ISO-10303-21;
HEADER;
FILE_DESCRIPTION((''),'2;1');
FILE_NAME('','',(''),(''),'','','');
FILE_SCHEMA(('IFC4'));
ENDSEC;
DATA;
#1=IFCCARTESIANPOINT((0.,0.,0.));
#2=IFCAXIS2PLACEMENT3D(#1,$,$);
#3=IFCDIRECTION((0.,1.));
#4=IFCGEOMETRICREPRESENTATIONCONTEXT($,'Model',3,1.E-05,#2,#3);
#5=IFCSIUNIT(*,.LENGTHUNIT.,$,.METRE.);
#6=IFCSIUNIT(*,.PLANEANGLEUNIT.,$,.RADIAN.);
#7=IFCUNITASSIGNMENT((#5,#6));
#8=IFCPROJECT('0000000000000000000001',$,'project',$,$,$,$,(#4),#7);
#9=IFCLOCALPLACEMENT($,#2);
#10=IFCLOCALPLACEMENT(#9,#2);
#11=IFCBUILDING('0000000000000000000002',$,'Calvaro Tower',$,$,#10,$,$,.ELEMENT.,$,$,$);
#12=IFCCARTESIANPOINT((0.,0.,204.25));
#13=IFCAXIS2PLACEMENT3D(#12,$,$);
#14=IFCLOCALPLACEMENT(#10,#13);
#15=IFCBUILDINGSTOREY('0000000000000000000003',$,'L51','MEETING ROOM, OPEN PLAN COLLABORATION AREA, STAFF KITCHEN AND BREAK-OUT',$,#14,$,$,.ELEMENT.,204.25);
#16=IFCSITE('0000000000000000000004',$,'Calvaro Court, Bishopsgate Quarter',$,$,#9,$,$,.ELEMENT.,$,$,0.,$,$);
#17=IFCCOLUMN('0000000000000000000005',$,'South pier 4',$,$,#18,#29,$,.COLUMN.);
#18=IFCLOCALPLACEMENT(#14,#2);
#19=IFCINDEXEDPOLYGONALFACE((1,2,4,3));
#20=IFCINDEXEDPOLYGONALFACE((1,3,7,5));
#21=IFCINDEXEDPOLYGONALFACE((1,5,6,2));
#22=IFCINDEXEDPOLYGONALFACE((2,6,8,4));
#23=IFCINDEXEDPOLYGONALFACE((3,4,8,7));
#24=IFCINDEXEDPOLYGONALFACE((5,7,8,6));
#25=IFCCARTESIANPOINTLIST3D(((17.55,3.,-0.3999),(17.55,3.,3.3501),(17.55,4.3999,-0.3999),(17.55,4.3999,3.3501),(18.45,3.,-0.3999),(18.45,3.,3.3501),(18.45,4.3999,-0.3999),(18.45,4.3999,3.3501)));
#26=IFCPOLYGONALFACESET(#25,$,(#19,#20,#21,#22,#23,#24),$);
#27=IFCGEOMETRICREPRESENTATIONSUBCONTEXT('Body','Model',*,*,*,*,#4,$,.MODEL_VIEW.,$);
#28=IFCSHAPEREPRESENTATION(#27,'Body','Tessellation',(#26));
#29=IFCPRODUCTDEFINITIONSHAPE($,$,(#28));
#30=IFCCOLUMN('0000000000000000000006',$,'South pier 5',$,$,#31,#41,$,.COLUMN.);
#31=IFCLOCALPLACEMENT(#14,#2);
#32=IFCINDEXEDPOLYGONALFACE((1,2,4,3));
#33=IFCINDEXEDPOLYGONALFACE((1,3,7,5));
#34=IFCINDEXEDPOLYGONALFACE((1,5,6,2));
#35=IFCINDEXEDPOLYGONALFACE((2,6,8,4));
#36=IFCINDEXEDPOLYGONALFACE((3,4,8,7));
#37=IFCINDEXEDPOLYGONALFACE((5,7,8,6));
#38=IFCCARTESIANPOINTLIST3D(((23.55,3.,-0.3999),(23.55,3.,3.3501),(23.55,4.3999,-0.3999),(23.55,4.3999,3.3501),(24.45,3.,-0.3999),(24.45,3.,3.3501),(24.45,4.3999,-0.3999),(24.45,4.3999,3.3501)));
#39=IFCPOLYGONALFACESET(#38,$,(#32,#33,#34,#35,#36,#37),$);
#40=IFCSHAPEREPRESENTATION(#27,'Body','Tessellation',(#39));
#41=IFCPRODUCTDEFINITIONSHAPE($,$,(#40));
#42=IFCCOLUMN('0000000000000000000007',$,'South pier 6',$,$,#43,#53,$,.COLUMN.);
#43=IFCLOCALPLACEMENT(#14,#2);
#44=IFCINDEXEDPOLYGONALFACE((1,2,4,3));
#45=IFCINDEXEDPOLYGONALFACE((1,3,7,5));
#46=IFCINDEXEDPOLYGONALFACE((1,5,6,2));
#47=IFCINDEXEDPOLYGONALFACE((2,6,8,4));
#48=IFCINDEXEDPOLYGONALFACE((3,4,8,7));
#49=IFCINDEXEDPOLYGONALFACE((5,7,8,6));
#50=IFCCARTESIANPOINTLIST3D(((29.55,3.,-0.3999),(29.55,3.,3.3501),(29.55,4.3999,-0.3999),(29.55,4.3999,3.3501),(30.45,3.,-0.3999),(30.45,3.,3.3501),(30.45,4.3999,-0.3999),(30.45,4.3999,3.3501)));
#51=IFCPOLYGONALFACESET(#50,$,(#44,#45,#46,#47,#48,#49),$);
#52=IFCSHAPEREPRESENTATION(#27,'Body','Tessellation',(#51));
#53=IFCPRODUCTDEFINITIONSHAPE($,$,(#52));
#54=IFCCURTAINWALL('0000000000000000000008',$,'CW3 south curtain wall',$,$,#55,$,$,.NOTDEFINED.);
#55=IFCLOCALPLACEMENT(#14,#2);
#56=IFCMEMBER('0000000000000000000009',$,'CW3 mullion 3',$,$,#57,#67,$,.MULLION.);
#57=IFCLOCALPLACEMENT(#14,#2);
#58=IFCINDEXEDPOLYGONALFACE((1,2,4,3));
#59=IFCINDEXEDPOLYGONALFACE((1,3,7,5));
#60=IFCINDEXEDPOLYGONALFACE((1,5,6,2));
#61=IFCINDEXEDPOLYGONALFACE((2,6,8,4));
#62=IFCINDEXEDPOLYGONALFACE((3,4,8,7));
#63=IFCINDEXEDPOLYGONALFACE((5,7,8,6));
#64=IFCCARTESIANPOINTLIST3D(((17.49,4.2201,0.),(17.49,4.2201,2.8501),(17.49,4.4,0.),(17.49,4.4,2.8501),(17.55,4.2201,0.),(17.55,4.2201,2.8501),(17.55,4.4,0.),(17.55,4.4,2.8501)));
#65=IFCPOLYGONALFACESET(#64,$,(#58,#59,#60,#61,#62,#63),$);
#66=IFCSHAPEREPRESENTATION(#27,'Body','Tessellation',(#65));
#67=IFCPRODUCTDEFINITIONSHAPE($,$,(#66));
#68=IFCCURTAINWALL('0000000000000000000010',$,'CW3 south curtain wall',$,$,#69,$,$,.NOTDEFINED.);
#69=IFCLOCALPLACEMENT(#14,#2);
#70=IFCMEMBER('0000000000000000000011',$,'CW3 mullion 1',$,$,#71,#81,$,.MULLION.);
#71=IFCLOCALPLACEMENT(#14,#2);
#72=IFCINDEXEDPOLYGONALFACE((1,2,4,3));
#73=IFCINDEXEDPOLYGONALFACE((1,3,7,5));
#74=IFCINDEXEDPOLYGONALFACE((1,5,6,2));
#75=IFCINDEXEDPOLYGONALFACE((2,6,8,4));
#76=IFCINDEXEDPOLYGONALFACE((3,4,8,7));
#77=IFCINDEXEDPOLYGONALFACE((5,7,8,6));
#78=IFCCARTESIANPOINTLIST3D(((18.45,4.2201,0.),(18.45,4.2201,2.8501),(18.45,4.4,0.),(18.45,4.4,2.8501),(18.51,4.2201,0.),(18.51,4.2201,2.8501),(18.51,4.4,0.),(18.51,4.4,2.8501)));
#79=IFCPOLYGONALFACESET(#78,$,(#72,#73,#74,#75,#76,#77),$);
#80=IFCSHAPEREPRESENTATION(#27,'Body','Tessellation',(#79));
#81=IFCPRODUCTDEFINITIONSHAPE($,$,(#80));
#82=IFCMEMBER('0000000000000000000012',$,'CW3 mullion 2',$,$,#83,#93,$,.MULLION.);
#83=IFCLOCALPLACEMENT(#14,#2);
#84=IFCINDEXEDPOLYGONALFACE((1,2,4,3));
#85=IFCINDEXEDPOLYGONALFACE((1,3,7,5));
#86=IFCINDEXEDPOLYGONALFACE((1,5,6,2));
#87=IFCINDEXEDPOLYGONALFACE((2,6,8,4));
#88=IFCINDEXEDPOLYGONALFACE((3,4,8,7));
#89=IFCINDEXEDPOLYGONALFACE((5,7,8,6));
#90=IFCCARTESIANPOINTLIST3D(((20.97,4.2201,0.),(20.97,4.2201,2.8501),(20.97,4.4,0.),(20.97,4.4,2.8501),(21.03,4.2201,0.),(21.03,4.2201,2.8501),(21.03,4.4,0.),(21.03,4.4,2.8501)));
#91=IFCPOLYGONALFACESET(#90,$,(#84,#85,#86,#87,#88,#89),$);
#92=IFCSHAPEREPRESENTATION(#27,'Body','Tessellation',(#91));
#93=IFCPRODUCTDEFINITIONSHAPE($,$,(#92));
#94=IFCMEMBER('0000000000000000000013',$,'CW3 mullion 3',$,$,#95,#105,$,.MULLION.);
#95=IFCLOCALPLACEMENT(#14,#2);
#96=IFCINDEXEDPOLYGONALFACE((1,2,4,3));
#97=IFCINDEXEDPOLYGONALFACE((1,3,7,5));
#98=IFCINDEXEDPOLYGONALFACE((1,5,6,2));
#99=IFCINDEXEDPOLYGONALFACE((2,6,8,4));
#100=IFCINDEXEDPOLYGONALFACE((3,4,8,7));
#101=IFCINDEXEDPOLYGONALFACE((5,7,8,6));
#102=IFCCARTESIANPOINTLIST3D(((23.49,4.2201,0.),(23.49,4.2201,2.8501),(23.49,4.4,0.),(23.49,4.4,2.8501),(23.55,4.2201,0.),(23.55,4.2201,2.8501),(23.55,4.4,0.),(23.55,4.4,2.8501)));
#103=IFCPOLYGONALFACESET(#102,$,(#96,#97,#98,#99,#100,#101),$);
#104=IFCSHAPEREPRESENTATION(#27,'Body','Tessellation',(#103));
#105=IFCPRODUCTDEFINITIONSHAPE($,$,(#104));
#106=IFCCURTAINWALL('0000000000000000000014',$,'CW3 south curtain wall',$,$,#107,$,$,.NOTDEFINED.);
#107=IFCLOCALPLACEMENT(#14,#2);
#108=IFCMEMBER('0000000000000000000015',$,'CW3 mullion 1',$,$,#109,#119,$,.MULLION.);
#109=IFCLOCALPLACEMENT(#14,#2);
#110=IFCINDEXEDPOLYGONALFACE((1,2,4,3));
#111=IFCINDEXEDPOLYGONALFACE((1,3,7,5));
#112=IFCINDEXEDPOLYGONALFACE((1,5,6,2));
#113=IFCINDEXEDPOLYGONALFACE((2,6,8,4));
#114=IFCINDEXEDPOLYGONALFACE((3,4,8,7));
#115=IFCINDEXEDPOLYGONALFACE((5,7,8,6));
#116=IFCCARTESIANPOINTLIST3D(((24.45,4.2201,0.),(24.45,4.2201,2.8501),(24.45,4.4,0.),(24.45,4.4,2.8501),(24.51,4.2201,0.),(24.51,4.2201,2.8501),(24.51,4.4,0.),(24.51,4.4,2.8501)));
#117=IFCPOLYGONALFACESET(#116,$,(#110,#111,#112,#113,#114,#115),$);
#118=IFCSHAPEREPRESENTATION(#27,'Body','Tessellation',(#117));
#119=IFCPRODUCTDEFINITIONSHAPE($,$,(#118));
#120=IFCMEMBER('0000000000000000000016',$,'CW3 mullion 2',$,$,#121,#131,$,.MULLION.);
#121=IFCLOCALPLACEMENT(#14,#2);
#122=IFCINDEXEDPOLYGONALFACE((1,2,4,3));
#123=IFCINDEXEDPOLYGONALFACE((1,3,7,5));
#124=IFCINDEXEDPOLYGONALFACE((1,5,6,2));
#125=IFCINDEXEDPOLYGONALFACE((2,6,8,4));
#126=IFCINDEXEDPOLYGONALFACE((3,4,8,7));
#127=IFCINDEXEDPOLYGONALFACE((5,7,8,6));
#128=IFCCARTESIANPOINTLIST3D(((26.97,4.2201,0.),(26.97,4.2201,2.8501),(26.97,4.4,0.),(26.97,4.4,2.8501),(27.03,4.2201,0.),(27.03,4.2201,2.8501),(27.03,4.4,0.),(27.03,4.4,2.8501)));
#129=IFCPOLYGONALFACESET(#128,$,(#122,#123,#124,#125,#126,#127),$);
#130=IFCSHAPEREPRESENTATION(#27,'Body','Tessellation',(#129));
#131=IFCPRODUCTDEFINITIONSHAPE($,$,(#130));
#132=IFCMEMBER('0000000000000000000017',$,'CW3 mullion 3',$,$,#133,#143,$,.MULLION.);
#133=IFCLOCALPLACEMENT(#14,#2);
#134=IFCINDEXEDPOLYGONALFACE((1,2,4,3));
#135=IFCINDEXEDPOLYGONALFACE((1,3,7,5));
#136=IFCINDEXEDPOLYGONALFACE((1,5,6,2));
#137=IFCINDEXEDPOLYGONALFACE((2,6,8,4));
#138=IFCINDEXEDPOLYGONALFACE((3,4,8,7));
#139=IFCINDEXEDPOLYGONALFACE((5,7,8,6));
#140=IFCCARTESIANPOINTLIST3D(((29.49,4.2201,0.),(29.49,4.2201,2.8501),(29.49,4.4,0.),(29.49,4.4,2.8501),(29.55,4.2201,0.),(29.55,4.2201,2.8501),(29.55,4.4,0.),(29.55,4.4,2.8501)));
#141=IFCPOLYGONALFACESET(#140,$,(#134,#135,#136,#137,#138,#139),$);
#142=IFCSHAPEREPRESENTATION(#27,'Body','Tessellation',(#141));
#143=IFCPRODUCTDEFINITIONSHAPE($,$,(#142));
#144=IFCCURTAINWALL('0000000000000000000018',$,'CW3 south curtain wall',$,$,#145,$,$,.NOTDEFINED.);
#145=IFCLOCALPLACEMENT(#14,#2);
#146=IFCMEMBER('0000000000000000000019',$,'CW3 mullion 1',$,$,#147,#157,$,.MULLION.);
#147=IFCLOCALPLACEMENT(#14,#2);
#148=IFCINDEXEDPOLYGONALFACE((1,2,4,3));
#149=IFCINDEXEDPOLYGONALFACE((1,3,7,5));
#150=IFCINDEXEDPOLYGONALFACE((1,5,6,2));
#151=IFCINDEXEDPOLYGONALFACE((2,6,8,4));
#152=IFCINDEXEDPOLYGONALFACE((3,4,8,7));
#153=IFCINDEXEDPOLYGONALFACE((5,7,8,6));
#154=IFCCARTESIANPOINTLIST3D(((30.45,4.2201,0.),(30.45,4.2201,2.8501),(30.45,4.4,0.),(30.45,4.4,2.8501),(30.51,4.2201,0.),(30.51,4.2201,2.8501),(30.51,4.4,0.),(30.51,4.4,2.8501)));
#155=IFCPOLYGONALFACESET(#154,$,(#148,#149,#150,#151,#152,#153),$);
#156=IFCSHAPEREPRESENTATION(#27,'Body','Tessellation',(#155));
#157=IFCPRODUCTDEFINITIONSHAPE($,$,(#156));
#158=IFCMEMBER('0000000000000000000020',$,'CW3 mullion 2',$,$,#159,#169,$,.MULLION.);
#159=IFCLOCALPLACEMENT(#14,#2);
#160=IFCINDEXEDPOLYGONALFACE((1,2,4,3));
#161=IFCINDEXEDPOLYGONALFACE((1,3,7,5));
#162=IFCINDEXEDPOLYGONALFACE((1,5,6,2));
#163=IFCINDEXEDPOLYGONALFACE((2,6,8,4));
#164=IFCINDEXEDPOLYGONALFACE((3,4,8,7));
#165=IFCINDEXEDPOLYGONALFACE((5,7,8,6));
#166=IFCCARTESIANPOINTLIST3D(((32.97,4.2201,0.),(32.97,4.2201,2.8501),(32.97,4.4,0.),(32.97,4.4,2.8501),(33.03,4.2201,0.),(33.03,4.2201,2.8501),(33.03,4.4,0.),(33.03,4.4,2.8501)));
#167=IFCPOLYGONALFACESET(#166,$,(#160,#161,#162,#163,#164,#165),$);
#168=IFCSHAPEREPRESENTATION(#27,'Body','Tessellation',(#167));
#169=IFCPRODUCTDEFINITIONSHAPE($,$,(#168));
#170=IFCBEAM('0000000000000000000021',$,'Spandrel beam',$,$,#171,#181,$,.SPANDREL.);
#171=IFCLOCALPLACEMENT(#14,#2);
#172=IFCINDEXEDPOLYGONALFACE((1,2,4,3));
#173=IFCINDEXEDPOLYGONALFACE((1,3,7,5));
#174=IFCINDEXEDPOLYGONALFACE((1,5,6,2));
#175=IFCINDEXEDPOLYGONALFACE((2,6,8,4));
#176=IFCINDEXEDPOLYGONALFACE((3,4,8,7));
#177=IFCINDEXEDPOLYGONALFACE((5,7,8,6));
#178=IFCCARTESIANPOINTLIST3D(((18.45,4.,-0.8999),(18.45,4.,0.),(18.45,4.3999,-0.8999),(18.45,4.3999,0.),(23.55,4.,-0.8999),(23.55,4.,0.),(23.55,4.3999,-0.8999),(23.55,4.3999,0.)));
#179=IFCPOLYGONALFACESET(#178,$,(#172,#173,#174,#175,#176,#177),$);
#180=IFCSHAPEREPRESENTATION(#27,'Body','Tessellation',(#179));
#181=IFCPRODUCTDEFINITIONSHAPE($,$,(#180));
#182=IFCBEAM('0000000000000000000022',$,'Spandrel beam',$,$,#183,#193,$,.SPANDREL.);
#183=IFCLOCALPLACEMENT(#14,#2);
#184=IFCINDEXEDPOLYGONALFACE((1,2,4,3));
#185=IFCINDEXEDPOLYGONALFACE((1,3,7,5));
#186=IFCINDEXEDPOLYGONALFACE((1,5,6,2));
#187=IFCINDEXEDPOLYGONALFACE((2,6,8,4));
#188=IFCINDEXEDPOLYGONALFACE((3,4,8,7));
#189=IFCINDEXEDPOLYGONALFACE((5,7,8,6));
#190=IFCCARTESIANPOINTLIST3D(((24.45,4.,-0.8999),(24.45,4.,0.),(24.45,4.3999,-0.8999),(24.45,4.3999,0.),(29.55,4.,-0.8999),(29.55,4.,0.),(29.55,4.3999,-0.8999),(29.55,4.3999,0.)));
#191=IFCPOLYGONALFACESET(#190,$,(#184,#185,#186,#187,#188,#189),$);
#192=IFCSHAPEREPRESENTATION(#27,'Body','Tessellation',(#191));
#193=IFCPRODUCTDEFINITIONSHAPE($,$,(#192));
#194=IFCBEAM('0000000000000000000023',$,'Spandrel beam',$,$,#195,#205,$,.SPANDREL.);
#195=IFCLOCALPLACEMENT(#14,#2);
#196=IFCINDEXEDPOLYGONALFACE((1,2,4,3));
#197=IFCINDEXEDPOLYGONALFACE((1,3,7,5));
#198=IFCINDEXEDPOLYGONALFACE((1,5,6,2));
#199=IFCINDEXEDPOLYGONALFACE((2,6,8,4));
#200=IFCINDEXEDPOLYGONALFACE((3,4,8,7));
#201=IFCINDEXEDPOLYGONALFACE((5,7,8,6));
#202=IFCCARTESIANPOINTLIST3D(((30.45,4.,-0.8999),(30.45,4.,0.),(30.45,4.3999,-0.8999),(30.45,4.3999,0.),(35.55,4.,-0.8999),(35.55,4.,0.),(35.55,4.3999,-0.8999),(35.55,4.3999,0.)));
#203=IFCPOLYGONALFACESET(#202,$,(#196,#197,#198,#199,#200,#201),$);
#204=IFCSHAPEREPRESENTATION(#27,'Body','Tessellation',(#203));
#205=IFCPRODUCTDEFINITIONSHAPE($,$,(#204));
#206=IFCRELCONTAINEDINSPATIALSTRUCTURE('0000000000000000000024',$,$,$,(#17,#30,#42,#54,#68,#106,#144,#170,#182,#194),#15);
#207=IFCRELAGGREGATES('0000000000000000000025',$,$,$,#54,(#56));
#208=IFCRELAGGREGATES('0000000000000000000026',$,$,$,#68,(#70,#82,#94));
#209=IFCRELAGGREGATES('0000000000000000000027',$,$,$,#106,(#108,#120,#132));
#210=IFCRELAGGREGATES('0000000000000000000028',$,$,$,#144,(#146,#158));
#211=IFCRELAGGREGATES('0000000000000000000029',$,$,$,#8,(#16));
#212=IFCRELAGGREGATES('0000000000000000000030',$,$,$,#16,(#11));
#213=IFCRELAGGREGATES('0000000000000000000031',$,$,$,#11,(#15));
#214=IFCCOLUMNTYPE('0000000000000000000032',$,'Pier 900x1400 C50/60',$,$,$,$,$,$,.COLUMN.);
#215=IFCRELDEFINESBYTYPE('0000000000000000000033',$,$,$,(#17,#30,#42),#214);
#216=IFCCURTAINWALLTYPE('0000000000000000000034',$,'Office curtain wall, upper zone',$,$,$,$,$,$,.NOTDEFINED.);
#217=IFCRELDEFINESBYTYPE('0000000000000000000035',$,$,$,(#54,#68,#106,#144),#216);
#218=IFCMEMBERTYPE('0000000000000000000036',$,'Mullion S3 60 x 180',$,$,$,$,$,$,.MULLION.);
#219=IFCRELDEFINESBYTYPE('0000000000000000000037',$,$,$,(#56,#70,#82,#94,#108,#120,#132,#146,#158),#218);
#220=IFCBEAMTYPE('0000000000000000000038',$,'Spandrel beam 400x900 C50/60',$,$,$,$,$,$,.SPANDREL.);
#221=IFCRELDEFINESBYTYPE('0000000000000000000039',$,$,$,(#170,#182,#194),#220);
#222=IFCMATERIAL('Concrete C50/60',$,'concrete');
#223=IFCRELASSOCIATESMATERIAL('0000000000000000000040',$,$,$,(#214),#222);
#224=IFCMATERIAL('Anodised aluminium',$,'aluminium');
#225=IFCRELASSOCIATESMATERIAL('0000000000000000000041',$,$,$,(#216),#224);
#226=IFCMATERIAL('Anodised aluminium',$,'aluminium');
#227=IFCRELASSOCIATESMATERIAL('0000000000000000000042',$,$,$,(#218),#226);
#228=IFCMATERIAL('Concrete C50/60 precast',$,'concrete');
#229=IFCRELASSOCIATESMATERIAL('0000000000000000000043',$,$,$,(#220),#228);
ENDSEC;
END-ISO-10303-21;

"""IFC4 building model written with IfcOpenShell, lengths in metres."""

from ifc_helpers import new_model, si_unit, direction, frame, origin, origin_2d, place, context, subcontext, project, spatial, rectangle, extrude, material, material_profile, profile_set, type_object, element, aggregate, save


model = new_model("IFC4")

# Units and contexts
model_context = context("Model", 3, precision=1e-05, world=origin(), true_north=direction((0.0, 1.0)))
body_context = subcontext(model_context, "Body", "Model", "MODEL_VIEW")
ifc_project = project(units=[si_unit("LENGTHUNIT", "METRE"), si_unit("PLANEANGLEUNIT", "RADIAN")], contexts=[model_context])

# Site, building, storey
site_placement = place(None, origin())
site = spatial("IfcSite", under=ifc_project, at=site_placement, Name="Calvaro Court, Bishopsgate Quarter", CompositionType="ELEMENT", RefElevation=0.0)
building_placement = place(site_placement, origin())
building = spatial("IfcBuilding", under=site, at=building_placement, Name="Calvaro Tower", CompositionType="ELEMENT")
storey_placement = place(building_placement, frame((0.0, 0.0, 204.25)))
storey = spatial("IfcBuildingStorey", under=building, at=storey_placement, Name="L51", Description="MEETING ROOM, OPEN PLAN COLLABORATION AREA, STAFF KITCHEN AND BREAK-OUT", CompositionType="ELEMENT", Elevation=204.25)

# Columns
ifc_material_1 = material(Name="Concrete C50/60", Category="concrete")
ifc_material_profile_1 = material_profile(ifc_material_1, rectangle(XDim=0.8999, YDim=1.3999, at=origin_2d()), Name="RC 900x1400")
ifc_profile_set_1 = profile_set([ifc_material_profile_1], Name="Concrete C50/60")
column_type = type_object("IfcColumnType", Name="Pier 900x1400 C50/60", PredefinedType="COLUMN", material=ifc_profile_set_1)
for number, where, z_axis, x_axis, name in (
    (1, (18.0, 3.7, -0.3999), (0.0, 0.0, 1.0), (1.0, 0.0, 0.0), "South pier 4"),
    (2, (24.0, 3.7, -0.3999), (0.0, 0.0, 1.0), (1.0, 0.0, 0.0), "South pier 5"),
    (3, (30.0, 3.7, -0.3999), (0.0, 0.0, 1.0), (1.0, 0.0, 0.0), "South pier 6"),
):
    element("IfcColumn", number, at=place(storey_placement, frame(where, z_axis=z_axis, x_axis=x_axis)), inside=storey, type_object=column_type, Name=name, PredefinedType="COLUMN", context=body_context, shape_type="SweptSolid", body=[
        extrude(rectangle(XDim=0.8999, YDim=1.3999, at=origin_2d()), origin(), (0.0, 0.0, 1.0), 3.75),
    ])

# Curtain wall, member
ifc_material_2 = material(Name="Anodised aluminium", Category="aluminium")
curtain_wall_type = type_object("IfcCurtainWallType", Name="Office curtain wall, upper zone", PredefinedType="NOTDEFINED", material=ifc_material_2)
curtain_wall_1_placement = place(storey_placement, origin())
curtain_wall_1 = element("IfcCurtainWall", 4, at=curtain_wall_1_placement, inside=storey, type_object=curtain_wall_type, Name="CW3 south curtain wall", PredefinedType="NOTDEFINED")
ifc_material_3 = material(Name="Anodised aluminium", Category="aluminium")
ifc_material_profile_2 = material_profile(ifc_material_3, rectangle(XDim=0.1799, YDim=0.0601, at=origin_2d()), Name="Mullion S3 60 x 180")
ifc_profile_set_2 = profile_set([ifc_material_profile_2], Name="Anodised aluminium")
member_type_1 = type_object("IfcMemberType", Name="Mullion S3 60 x 180", PredefinedType="MULLION", material=ifc_profile_set_2)
member_1_placement = place(storey_placement, frame((17.52, 4.3101, 0.0), z_axis=(0.0, 0.0, 1.0), x_axis=(0.0, 1.0, 0.0)))
member_1 = element("IfcMember", 5, at=member_1_placement, type_object=member_type_1, Name="CW3 mullion 3", PredefinedType="MULLION", context=body_context, shape_type="SweptSolid", body=[
    extrude(rectangle(XDim=0.1799, YDim=0.0601, at=origin_2d()), origin(), (0.0, 0.0, 1.0), 2.8501),
])
aggregate(curtain_wall_1, [member_1])

# Curtain walls, members
curtain_wall_2_placement = place(storey_placement, origin())
curtain_wall_2 = element("IfcCurtainWall", 6, at=curtain_wall_2_placement, inside=storey, type_object=curtain_wall_type, Name="CW3 south curtain wall", PredefinedType="NOTDEFINED")
member_2_placement = place(storey_placement, frame((18.48, 4.3101, 0.0), z_axis=(0.0, 0.0, 1.0), x_axis=(0.0, 1.0, 0.0)))
member_2 = element("IfcMember", 7, at=member_2_placement, type_object=member_type_1, Name="CW3 mullion 1", PredefinedType="MULLION", context=body_context, shape_type="SweptSolid", body=[
    extrude(rectangle(XDim=0.1799, YDim=0.0601, at=origin_2d()), origin(), (0.0, 0.0, 1.0), 2.8501),
])
member_3_placement = place(storey_placement, frame((21.0, 4.3101, 0.0), z_axis=(0.0, 0.0, 1.0), x_axis=(0.0, 1.0, 0.0)))
member_3 = element("IfcMember", 8, at=member_3_placement, type_object=member_type_1, Name="CW3 mullion 2", PredefinedType="MULLION", context=body_context, shape_type="SweptSolid", body=[
    extrude(rectangle(XDim=0.1799, YDim=0.0601, at=origin_2d()), origin(), (0.0, 0.0, 1.0), 2.8501),
])
member_4_placement = place(storey_placement, frame((23.52, 4.3101, 0.0), z_axis=(0.0, 0.0, 1.0), x_axis=(0.0, 1.0, 0.0)))
member_4 = element("IfcMember", 9, at=member_4_placement, type_object=member_type_1, Name="CW3 mullion 3", PredefinedType="MULLION", context=body_context, shape_type="SweptSolid", body=[
    extrude(rectangle(XDim=0.1799, YDim=0.0601, at=origin_2d()), origin(), (0.0, 0.0, 1.0), 2.8501),
])
curtain_wall_3_placement = place(storey_placement, origin())
curtain_wall_3 = element("IfcCurtainWall", 10, at=curtain_wall_3_placement, inside=storey, type_object=curtain_wall_type, Name="CW3 south curtain wall", PredefinedType="NOTDEFINED")
member_5_placement = place(storey_placement, frame((24.48, 4.3101, 0.0), z_axis=(0.0, 0.0, 1.0), x_axis=(0.0, 1.0, 0.0)))
member_5 = element("IfcMember", 11, at=member_5_placement, type_object=member_type_1, Name="CW3 mullion 1", PredefinedType="MULLION", context=body_context, shape_type="SweptSolid", body=[
    extrude(rectangle(XDim=0.1799, YDim=0.0601, at=origin_2d()), origin(), (0.0, 0.0, 1.0), 2.8501),
])
member_6_placement = place(storey_placement, frame((27.0, 4.3101, 0.0), z_axis=(0.0, 0.0, 1.0), x_axis=(0.0, 1.0, 0.0)))
member_6 = element("IfcMember", 12, at=member_6_placement, type_object=member_type_1, Name="CW3 mullion 2", PredefinedType="MULLION", context=body_context, shape_type="SweptSolid", body=[
    extrude(rectangle(XDim=0.1799, YDim=0.0601, at=origin_2d()), origin(), (0.0, 0.0, 1.0), 2.8501),
])
member_7_placement = place(storey_placement, frame((29.52, 4.3101, 0.0), z_axis=(0.0, 0.0, 1.0), x_axis=(0.0, 1.0, 0.0)))
member_7 = element("IfcMember", 13, at=member_7_placement, type_object=member_type_1, Name="CW3 mullion 3", PredefinedType="MULLION", context=body_context, shape_type="SweptSolid", body=[
    extrude(rectangle(XDim=0.1799, YDim=0.0601, at=origin_2d()), origin(), (0.0, 0.0, 1.0), 2.8501),
])
curtain_wall_4_placement = place(storey_placement, origin())
curtain_wall_4 = element("IfcCurtainWall", 14, at=curtain_wall_4_placement, inside=storey, type_object=curtain_wall_type, Name="CW3 south curtain wall", PredefinedType="NOTDEFINED")
member_8_placement = place(storey_placement, frame((30.48, 4.3101, 0.0), z_axis=(0.0, 0.0, 1.0), x_axis=(0.0, 1.0, 0.0)))
member_8 = element("IfcMember", 15, at=member_8_placement, type_object=member_type_1, Name="CW3 mullion 1", PredefinedType="MULLION", context=body_context, shape_type="SweptSolid", body=[
    extrude(rectangle(XDim=0.1799, YDim=0.0601, at=origin_2d()), origin(), (0.0, 0.0, 1.0), 2.8501),
])
member_9_placement = place(storey_placement, frame((33.0, 4.3101, 0.0), z_axis=(0.0, 0.0, 1.0), x_axis=(0.0, 1.0, 0.0)))
member_9 = element("IfcMember", 16, at=member_9_placement, type_object=member_type_1, Name="CW3 mullion 2", PredefinedType="MULLION", context=body_context, shape_type="SweptSolid", body=[
    extrude(rectangle(XDim=0.1799, YDim=0.0601, at=origin_2d()), origin(), (0.0, 0.0, 1.0), 2.8501),
])

# Beams
ifc_material_4 = material(Name="Concrete C50/60 precast", Category="concrete")
ifc_material_profile_3 = material_profile(ifc_material_4, rectangle(XDim=0.3999, YDim=0.8999, at=origin_2d()), Name="RC 400x900")
ifc_profile_set_3 = profile_set([ifc_material_profile_3], Name="Concrete C50/60 precast")
beam_type = type_object("IfcBeamType", Name="Spandrel beam 400x900 C50/60", PredefinedType="SPANDREL", material=ifc_profile_set_3)
for number, where, z_axis, x_axis, name in (
    (17, (18.45, 4.2, -0.45), (1.0, 0.0, 0.0), (0.0, 1.0, 0.0), "Spandrel beam"),
    (18, (24.45, 4.2, -0.45), (1.0, 0.0, 0.0), (0.0, 1.0, 0.0), "Spandrel beam"),
    (19, (30.45, 4.2, -0.45), (1.0, 0.0, 0.0), (0.0, 1.0, 0.0), "Spandrel beam"),
):
    element("IfcBeam", number, at=place(storey_placement, frame(where, z_axis=z_axis, x_axis=x_axis)), inside=storey, type_object=beam_type, Name=name, PredefinedType="SPANDREL", context=body_context, shape_type="SweptSolid", body=[
        extrude(rectangle(XDim=0.3999, YDim=0.8999, at=origin_2d()), origin(), (0.0, 0.0, 1.0), 5.1001),
    ])

aggregate(curtain_wall_2, [member_2, member_3, member_4])
aggregate(curtain_wall_3, [member_5, member_6, member_7])
aggregate(curtain_wall_4, [member_8, member_9])

save(model, "model.ifc")
